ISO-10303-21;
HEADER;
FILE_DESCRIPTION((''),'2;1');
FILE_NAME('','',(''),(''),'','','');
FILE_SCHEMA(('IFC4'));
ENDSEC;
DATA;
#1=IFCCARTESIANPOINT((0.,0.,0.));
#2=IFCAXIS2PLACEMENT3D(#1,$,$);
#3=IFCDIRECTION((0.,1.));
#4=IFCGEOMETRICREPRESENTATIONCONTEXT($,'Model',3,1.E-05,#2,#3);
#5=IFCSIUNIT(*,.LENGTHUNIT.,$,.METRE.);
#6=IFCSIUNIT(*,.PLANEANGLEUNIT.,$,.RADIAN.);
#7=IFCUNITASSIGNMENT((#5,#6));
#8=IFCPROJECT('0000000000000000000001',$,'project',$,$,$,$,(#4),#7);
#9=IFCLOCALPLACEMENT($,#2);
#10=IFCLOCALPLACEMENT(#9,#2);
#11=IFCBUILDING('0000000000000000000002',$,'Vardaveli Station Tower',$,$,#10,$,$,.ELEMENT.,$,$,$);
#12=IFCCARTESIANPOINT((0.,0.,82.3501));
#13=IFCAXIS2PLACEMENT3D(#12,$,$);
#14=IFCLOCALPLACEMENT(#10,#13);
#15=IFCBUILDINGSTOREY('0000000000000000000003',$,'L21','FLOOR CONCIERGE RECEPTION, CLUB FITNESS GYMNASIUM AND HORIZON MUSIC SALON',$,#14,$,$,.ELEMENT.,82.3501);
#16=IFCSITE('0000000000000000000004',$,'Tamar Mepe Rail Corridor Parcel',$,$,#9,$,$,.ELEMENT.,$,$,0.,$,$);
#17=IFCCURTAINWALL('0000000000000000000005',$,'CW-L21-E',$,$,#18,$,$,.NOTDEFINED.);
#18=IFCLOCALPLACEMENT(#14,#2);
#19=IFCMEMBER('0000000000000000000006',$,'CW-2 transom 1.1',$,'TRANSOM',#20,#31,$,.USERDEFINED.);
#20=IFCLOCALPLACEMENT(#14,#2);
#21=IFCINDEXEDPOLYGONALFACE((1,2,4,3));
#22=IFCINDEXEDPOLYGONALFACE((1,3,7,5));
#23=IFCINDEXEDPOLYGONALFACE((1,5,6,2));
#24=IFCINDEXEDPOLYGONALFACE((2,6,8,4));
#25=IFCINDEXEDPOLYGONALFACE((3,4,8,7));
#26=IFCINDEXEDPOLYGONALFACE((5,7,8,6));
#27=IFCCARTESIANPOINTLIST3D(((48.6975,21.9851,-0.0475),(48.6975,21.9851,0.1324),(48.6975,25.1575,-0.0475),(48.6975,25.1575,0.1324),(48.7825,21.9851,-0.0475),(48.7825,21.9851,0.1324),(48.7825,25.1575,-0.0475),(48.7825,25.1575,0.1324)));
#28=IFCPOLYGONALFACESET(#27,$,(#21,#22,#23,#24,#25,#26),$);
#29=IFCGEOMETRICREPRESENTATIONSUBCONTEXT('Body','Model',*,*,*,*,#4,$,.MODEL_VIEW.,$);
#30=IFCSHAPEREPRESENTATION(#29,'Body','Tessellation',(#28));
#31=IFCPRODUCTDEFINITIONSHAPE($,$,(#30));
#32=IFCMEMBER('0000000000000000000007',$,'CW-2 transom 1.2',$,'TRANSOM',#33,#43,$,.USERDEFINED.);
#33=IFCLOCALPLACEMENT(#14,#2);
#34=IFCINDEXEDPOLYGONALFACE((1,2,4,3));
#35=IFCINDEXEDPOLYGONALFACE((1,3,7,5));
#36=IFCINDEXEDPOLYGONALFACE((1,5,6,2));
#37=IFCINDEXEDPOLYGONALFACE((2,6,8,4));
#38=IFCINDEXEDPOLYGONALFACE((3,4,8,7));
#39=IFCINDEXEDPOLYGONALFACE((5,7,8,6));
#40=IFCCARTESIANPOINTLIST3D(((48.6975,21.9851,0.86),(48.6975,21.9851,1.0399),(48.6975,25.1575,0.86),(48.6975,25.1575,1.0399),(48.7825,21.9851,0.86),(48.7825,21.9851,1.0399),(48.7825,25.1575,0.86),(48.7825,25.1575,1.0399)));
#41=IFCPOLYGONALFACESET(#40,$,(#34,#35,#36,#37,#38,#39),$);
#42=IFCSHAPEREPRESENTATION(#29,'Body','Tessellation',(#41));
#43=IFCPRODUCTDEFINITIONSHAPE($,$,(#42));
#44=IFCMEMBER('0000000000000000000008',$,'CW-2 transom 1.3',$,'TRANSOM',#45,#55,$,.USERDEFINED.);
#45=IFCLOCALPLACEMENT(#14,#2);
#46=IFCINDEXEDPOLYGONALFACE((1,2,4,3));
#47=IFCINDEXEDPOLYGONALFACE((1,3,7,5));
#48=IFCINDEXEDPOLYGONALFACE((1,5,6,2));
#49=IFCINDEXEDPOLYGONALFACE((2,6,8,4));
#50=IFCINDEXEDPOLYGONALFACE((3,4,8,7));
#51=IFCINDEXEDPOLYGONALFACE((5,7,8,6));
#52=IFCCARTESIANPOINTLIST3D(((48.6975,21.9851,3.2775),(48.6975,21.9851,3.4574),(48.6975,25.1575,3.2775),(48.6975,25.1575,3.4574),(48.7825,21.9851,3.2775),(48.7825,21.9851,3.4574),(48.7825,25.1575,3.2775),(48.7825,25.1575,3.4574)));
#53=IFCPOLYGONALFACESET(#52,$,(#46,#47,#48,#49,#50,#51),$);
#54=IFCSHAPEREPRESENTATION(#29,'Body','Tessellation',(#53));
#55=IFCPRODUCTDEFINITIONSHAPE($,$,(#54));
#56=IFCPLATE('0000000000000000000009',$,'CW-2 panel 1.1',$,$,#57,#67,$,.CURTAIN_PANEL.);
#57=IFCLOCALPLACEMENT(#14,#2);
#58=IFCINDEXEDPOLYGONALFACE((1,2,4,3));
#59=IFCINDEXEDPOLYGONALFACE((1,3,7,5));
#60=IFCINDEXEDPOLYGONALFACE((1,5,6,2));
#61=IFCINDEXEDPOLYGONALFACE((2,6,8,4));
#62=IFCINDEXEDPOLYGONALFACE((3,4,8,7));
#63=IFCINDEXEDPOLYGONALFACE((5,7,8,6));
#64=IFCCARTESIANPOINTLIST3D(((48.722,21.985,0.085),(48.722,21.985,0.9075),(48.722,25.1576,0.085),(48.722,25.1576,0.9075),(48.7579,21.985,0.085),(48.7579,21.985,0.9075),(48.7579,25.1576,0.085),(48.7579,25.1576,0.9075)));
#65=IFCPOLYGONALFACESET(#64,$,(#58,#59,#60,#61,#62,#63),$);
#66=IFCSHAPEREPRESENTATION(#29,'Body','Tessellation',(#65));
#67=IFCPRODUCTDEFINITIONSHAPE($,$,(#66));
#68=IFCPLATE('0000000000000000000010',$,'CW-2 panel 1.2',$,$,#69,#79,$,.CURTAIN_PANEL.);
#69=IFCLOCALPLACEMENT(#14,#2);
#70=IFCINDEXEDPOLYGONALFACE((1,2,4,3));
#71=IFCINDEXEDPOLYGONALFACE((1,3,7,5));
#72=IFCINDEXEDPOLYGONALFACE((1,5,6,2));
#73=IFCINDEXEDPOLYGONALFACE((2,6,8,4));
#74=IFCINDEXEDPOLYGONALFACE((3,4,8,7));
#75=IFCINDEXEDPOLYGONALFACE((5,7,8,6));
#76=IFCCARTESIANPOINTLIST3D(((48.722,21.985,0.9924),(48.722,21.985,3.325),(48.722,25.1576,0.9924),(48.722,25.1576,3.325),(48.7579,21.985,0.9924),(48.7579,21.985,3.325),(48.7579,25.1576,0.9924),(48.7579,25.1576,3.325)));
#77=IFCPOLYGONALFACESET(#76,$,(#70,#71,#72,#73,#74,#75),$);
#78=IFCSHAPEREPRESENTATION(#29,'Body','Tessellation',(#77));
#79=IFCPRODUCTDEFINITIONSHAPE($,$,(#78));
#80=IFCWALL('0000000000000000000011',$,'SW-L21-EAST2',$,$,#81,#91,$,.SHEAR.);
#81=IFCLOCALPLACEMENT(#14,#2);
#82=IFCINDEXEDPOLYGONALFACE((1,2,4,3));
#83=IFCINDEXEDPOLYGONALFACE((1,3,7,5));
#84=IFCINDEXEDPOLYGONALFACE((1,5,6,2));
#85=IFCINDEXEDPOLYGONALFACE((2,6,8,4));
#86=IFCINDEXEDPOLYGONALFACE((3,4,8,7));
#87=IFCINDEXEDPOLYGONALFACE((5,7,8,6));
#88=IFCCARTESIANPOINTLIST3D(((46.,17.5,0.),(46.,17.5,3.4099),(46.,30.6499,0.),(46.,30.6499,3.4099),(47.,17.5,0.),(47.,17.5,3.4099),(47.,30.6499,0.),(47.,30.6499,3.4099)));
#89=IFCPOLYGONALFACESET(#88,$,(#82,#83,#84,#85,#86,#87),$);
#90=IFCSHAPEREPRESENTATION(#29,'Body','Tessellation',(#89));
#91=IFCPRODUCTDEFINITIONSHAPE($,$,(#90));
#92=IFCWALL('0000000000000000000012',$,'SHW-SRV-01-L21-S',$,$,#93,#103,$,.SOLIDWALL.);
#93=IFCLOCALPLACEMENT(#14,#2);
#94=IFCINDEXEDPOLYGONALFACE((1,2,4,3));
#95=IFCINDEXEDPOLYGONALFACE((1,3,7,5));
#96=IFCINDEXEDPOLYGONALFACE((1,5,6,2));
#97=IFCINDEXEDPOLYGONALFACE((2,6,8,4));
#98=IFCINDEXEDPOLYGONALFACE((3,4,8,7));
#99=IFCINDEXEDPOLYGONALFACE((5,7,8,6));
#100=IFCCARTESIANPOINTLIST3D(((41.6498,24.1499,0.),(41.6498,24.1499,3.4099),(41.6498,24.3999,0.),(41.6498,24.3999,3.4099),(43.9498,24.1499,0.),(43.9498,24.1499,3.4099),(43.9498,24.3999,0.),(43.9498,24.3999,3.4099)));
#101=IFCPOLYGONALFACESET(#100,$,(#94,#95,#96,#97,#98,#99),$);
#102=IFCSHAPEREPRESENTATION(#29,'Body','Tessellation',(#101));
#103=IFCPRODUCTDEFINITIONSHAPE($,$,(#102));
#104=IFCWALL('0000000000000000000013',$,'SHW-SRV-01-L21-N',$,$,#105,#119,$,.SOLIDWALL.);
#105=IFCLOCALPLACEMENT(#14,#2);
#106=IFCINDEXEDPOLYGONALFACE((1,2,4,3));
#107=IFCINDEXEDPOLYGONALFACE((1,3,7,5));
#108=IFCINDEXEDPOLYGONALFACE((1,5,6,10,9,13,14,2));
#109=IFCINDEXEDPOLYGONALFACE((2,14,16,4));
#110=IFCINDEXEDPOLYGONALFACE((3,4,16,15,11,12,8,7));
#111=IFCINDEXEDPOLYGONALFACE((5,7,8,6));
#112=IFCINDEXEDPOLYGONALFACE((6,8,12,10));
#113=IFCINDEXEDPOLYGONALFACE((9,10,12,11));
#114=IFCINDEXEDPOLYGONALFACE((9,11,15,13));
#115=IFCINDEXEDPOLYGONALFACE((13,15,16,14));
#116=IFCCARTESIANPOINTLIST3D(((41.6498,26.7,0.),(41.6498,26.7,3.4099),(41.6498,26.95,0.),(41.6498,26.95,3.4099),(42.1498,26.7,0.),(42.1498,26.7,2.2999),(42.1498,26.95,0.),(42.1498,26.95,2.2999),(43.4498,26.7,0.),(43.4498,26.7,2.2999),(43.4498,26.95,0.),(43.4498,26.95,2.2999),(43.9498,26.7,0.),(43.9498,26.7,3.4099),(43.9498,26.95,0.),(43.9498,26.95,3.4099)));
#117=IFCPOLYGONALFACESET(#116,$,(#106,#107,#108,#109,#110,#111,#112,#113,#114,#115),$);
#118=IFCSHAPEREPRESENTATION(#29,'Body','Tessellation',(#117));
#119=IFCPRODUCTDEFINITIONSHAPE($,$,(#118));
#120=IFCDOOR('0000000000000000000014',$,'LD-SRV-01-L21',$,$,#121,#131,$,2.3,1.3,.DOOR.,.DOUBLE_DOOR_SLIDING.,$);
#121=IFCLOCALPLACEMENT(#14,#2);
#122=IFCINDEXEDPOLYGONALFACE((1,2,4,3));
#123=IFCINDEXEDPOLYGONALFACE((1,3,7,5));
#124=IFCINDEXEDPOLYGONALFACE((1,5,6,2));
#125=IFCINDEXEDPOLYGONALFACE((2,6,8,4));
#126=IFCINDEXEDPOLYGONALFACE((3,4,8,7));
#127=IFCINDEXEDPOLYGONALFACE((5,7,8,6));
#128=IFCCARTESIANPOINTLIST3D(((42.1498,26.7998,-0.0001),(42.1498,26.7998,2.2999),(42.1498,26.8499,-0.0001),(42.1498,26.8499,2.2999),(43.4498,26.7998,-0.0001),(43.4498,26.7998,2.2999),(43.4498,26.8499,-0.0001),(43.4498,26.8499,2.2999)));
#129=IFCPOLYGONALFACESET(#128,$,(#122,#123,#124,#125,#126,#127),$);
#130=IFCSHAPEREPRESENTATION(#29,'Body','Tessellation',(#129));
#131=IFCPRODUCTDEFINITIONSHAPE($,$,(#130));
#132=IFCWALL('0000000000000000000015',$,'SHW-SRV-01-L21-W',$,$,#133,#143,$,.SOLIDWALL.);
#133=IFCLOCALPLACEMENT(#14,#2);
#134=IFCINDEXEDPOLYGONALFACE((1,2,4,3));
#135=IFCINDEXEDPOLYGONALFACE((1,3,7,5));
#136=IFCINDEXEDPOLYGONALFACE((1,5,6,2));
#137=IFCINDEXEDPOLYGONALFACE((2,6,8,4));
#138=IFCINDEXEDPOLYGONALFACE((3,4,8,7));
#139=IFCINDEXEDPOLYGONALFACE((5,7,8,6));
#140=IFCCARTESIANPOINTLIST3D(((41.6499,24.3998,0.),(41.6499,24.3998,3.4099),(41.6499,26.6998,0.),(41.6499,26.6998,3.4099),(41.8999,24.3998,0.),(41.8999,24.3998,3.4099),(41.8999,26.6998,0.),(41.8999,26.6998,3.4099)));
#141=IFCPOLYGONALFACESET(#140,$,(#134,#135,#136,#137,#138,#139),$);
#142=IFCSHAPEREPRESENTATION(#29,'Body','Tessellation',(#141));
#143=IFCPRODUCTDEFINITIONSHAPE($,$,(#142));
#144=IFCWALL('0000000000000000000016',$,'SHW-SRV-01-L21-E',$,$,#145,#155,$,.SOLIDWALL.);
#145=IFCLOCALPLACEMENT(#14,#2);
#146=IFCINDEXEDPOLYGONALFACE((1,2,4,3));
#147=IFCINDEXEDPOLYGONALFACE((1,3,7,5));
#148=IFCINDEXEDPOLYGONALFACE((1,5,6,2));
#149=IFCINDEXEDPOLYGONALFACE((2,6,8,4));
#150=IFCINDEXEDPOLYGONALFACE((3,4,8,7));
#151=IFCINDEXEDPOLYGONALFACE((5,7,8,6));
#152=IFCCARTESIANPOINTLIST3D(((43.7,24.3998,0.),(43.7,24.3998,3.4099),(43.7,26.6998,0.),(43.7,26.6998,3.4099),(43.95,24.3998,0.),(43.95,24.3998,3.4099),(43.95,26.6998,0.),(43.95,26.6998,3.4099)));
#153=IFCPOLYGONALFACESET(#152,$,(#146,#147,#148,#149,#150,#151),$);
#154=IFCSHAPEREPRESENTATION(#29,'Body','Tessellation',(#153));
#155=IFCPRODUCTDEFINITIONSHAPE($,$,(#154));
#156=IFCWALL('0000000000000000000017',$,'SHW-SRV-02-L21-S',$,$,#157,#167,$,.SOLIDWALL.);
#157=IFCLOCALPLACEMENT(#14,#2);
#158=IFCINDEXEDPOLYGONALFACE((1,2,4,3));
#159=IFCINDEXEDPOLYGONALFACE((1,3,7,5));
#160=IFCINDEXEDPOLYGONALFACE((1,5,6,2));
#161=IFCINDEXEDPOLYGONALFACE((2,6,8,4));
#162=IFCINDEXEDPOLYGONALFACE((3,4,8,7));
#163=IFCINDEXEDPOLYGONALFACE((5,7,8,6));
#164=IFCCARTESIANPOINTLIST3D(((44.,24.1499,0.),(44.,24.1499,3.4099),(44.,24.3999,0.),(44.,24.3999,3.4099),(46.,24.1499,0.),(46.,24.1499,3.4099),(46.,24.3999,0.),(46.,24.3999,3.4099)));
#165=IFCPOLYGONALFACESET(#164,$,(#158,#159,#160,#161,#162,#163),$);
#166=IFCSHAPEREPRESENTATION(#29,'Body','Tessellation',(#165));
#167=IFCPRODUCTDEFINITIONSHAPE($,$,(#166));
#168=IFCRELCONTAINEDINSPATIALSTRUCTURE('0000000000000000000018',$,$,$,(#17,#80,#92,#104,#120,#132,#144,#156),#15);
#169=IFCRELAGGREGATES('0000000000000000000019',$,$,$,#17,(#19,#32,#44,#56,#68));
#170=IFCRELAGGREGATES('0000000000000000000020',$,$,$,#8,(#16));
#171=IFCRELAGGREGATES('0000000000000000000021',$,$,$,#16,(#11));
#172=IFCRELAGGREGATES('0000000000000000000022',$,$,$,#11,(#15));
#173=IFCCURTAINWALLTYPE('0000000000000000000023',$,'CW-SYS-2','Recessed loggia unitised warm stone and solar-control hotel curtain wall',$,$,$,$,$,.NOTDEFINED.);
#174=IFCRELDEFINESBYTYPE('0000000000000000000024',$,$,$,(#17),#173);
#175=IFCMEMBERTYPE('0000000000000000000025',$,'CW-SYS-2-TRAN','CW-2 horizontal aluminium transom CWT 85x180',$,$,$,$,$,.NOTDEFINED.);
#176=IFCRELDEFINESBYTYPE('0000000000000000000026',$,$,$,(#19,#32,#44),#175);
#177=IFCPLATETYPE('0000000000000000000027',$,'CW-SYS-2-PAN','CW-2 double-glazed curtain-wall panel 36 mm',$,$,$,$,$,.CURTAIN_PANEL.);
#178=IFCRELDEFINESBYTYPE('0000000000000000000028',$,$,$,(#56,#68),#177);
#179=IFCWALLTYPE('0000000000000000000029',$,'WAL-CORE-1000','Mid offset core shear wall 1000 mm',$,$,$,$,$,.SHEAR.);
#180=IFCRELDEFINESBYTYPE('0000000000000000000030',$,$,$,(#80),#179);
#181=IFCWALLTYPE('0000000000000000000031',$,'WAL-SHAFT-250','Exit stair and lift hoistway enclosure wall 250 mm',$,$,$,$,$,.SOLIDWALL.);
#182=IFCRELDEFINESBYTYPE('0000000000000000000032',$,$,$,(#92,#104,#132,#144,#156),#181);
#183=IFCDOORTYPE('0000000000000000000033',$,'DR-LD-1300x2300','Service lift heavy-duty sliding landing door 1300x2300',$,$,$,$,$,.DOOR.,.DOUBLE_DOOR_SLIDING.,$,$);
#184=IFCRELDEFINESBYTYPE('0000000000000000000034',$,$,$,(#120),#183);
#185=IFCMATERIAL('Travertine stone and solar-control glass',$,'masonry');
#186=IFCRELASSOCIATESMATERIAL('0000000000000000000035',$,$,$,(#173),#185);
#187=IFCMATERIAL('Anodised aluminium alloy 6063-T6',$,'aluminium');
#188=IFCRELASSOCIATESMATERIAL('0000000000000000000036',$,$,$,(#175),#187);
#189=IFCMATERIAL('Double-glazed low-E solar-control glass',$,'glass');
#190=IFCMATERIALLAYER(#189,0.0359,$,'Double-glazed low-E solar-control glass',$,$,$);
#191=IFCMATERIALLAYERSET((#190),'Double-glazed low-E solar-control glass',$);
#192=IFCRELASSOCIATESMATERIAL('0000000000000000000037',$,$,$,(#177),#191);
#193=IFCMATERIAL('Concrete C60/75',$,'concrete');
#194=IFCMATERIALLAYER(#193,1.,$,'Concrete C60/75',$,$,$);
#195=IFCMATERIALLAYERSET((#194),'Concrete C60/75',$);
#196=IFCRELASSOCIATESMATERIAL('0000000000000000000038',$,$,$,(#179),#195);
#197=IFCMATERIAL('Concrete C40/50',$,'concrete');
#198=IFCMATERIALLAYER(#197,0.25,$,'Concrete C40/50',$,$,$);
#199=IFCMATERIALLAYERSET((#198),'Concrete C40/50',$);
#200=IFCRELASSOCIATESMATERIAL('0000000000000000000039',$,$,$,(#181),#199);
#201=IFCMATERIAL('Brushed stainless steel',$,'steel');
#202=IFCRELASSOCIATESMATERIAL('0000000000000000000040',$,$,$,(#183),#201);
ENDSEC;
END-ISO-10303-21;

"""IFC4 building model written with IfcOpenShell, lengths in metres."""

from ifc_helpers import new_model, si_unit, direction, frame, frame_2d, origin, origin_2d, place, context, subcontext, project, spatial, rectangle, extrude, source, transform, mapped, material, layer, layer_set, material_profile, profile_set, type_object, element, fill, aggregate, save


model = new_model("IFC4")

# Units and contexts
model_context = context("Model", 3, precision=1e-05, world=origin(), true_north=direction((0.0, 1.0)))
body_context = subcontext(model_context, "Body", "Model", "MODEL_VIEW")
ifc_project = project(units=[si_unit("LENGTHUNIT", "METRE"), si_unit("PLANEANGLEUNIT", "RADIAN")], contexts=[model_context])

# Site, building, storey
site_placement = place(None, origin())
site = spatial("IfcSite", under=ifc_project, at=site_placement, Name="Tamar Mepe Rail Corridor Parcel", CompositionType="ELEMENT", RefElevation=0.0)
building_placement = place(site_placement, origin())
building = spatial("IfcBuilding", under=site, at=building_placement, Name="Vardaveli Station Tower", CompositionType="ELEMENT")
storey_placement = place(building_placement, frame((0.0, 0.0, 82.3501)))
storey = spatial("IfcBuildingStorey", under=building, at=storey_placement, Name="L21", Description="FLOOR CONCIERGE RECEPTION, CLUB FITNESS GYMNASIUM AND HORIZON MUSIC SALON", CompositionType="ELEMENT", Elevation=82.3501)

# Curtain wall, members, plates
ifc_material_1 = material(Name="Travertine stone and solar-control glass", Category="masonry")
curtain_wall_type = type_object("IfcCurtainWallType", Name="CW-SYS-2", Description="Recessed loggia unitised warm stone and solar-control hotel curtain wall", PredefinedType="NOTDEFINED", material=ifc_material_1)
curtain_wall_placement = place(storey_placement, origin())
curtain_wall = element("IfcCurtainWall", 1, at=curtain_wall_placement, inside=storey, type_object=curtain_wall_type, Name="CW-L21-E", PredefinedType="NOTDEFINED")
ifc_material_2 = material(Name="Anodised aluminium alloy 6063-T6", Category="aluminium")
ifc_material_profile_1 = material_profile(ifc_material_2, rectangle(XDim=0.085, YDim=0.1799, at=origin_2d()), Name="CWT 85x180")
ifc_profile_set_1 = profile_set([ifc_material_profile_1], Name="Anodised aluminium alloy 6063-T6")
member_type_1 = type_object("IfcMemberType", Name="CW-SYS-2-TRAN", Description="CW-2 horizontal aluminium transom CWT 85x180", PredefinedType="NOTDEFINED", material=ifc_profile_set_1)
shared_shape_1 = source(origin(), body_context, "Body", "SweptSolid", [
    extrude(rectangle(XDim=0.085, YDim=0.1799, at=origin_2d()), origin(), (0.0, 0.0, 1.0), 3.1724),
])
member_1_placement = place(storey_placement, frame((48.74, 21.9851, 0.0425), z_axis=(0.0, 1.0, 0.0), x_axis=(-1.0, 0.0, 0.0)))
member_1 = element("IfcMember", 2, at=member_1_placement, type_object=member_type_1, Name="CW-2 transom 1.1", ObjectType="TRANSOM", PredefinedType="USERDEFINED", context=body_context, shape_type="MappedRepresentation", body=[
    mapped(shared_shape_1, transform((0.0, 0.0, 0.0), scale=1.0)),
])
member_2_placement = place(storey_placement, frame((48.74, 21.9851, 0.95), z_axis=(0.0, 1.0, 0.0), x_axis=(-1.0, 0.0, 0.0)))
member_2 = element("IfcMember", 3, at=member_2_placement, type_object=member_type_1, Name="CW-2 transom 1.2", ObjectType="TRANSOM", PredefinedType="USERDEFINED", context=body_context, shape_type="MappedRepresentation", body=[
    mapped(shared_shape_1, transform((0.0, 0.0, 0.0), scale=1.0)),
])
member_3_placement = place(storey_placement, frame((48.74, 21.9851, 3.3674), z_axis=(0.0, 1.0, 0.0), x_axis=(-1.0, 0.0, 0.0)))
member_3 = element("IfcMember", 4, at=member_3_placement, type_object=member_type_1, Name="CW-2 transom 1.3", ObjectType="TRANSOM", PredefinedType="USERDEFINED", context=body_context, shape_type="MappedRepresentation", body=[
    mapped(shared_shape_1, transform((0.0, 0.0, 0.0), scale=1.0)),
])
ifc_material_3 = material(Name="Double-glazed low-E solar-control glass", Category="glass")
ifc_layer_1 = layer(ifc_material_3, 0.0359, Name="Double-glazed low-E solar-control glass")
ifc_layer_set_1 = layer_set([ifc_layer_1], Name="Double-glazed low-E solar-control glass")
plate_type = type_object("IfcPlateType", Name="CW-SYS-2-PAN", Description="CW-2 double-glazed curtain-wall panel 36 mm", PredefinedType="CURTAIN_PANEL", material=ifc_layer_set_1)
shared_shape_2 = source(origin(), body_context, "Body", "SweptSolid", [
    extrude(rectangle(XDim=3.1726, YDim=0.0359, at=origin_2d()), origin(), (0.0, 0.0, 1.0), 0.8225),
])
plate_1_placement = place(storey_placement, frame((48.74, 23.5713, 0.085), z_axis=(0.0, 0.0, 1.0), x_axis=(0.0, 1.0, 0.0)))
plate_1 = element("IfcPlate", 5, at=plate_1_placement, type_object=plate_type, Name="CW-2 panel 1.1", PredefinedType="CURTAIN_PANEL", context=body_context, shape_type="MappedRepresentation", body=[
    mapped(shared_shape_2, transform((0.0, 0.0, 0.0), scale=1.0)),
])
shared_shape_3 = source(origin(), body_context, "Body", "SweptSolid", [
    extrude(rectangle(XDim=3.1726, YDim=0.0359, at=origin_2d()), origin(), (0.0, 0.0, 1.0), 2.3325),
])
plate_2_placement = place(storey_placement, frame((48.74, 23.5713, 0.9924), z_axis=(0.0, 0.0, 1.0), x_axis=(0.0, 1.0, 0.0)))
plate_2 = element("IfcPlate", 6, at=plate_2_placement, type_object=plate_type, Name="CW-2 panel 1.2", PredefinedType="CURTAIN_PANEL", context=body_context, shape_type="MappedRepresentation", body=[
    mapped(shared_shape_3, transform((0.0, 0.0, 0.0), scale=1.0)),
])
aggregate(curtain_wall, [member_1, member_2, member_3, plate_1, plate_2])

# Walls
ifc_material_4 = material(Name="Concrete C60/75", Category="concrete")
ifc_layer_2 = layer(ifc_material_4, 1.0, Name="Concrete C60/75")
ifc_layer_set_2 = layer_set([ifc_layer_2], Name="Concrete C60/75")
wall_type_1 = type_object("IfcWallType", Name="WAL-CORE-1000", Description="Mid offset core shear wall 1000 mm", PredefinedType="SHEAR", material=ifc_layer_set_2)
shared_shape_4 = source(origin(), body_context, "Body", "SweptSolid", [
    extrude(rectangle(XDim=13.1499, YDim=1.0, at=frame_2d((6.575, 0.0))), origin(), (0.0, 0.0, 1.0), 3.4099),
])
wall_1_placement = place(storey_placement, frame((46.5, 17.5, 0.0), z_axis=(0.0, 0.0, 1.0), x_axis=(0.0, 1.0, 0.0)))
element("IfcWall", 7, at=wall_1_placement, inside=storey, type_object=wall_type_1, Name="SW-L21-EAST2", PredefinedType="SHEAR", context=body_context, shape_type="MappedRepresentation", body=[
    mapped(shared_shape_4, transform((0.0, 0.0, 0.0), scale=1.0)),
])
ifc_material_5 = material(Name="Concrete C40/50", Category="concrete")
ifc_layer_3 = layer(ifc_material_5, 0.25, Name="Concrete C40/50")
ifc_layer_set_3 = layer_set([ifc_layer_3], Name="Concrete C40/50")
wall_type_2 = type_object("IfcWallType", Name="WAL-SHAFT-250", Description="Exit stair and lift hoistway enclosure wall 250 mm", PredefinedType="SOLIDWALL", material=ifc_layer_set_3)
shared_shape_5 = source(origin(), body_context, "Body", "SweptSolid", [
    extrude(rectangle(XDim=2.3, YDim=0.25, at=frame_2d((1.1499, 0.0))), origin(), (0.0, 0.0, 1.0), 3.4099),
])
wall_2_placement = place(storey_placement, frame((41.6499, 24.2749, 0.0), z_axis=(0.0, 0.0, 1.0), x_axis=(1.0, 0.0, 0.0)))
element("IfcWall", 8, at=wall_2_placement, inside=storey, type_object=wall_type_2, Name="SHW-SRV-01-L21-S", PredefinedType="SOLIDWALL", context=body_context, shape_type="MappedRepresentation", body=[
    mapped(shared_shape_5, transform((0.0, 0.0, 0.0), scale=1.0)),
])

# Wall, opening, door
wall_3_placement = place(storey_placement, frame((41.6499, 26.825, 0.0), z_axis=(0.0, 0.0, 1.0), x_axis=(1.0, 0.0, 0.0)))
wall_3 = element("IfcWall", 9, at=wall_3_placement, inside=storey, type_object=wall_type_2, Name="SHW-SRV-01-L21-N", PredefinedType="SOLIDWALL", context=body_context, shape_type="MappedRepresentation", body=[
    mapped(shared_shape_5, transform((0.0, 0.0, 0.0), scale=1.0)),
])
shared_shape_6 = source(origin(), body_context, "Body", "SweptSolid", [
    extrude(rectangle(XDim=1.3, YDim=2.3, at=frame_2d((0.6499, 1.1499))), frame((0.0, 0.135, 0.0), z_axis=(0.0, -1.0, 0.0), x_axis=(1.0, 0.0, 0.0)), (0.0, 0.0, 1.0), 0.27),
])
opening_1_placement = place(wall_3_placement, frame((0.5, 0.0, 0.0)))
opening_1 = element("IfcOpeningElement", 10, at=opening_1_placement, cuts=wall_3, PredefinedType="OPENING", context=body_context, shape_type="MappedRepresentation", body=[
    mapped(shared_shape_6, transform((0.0, 0.0, 0.0), scale=1.0)),
])
ifc_material_6 = material(Name="Brushed stainless steel", Category="steel")
door_type = type_object("IfcDoorType", Name="DR-LD-1300x2300", Description="Service lift heavy-duty sliding landing door 1300x2300", OperationType="DOUBLE_DOOR_SLIDING", PredefinedType="DOOR", material=ifc_material_6)
shared_shape_7 = source(origin(), body_context, "Body", "SweptSolid", [
    extrude(rectangle(XDim=1.3, YDim=2.3, at=frame_2d((0.6499, 1.1499))), frame((0.0, 0.0249, 0.0), z_axis=(0.0, -1.0, 0.0), x_axis=(1.0, 0.0, 0.0)), (0.0, 0.0, 1.0), 0.05),
])
door_1_placement = place(opening_1_placement, origin())
door_1 = element("IfcDoor", 11, at=door_1_placement, inside=storey, type_object=door_type, Name="LD-SRV-01-L21", OperationType="DOUBLE_DOOR_SLIDING", OverallHeight=2.3, OverallWidth=1.3, PredefinedType="DOOR", context=body_context, shape_type="MappedRepresentation", body=[
    mapped(shared_shape_7, transform((0.0, 0.0, 0.0), scale=1.0)),
])
fill(opening_1, door_1)

# Walls
for number, where, z_axis, x_axis, name in (
    (12, (41.7749, 24.3999, 0.0), (0.0, 0.0, 1.0), (0.0, 1.0, 0.0), "SHW-SRV-01-L21-W"),
    (13, (43.825, 24.3999, 0.0), (0.0, 0.0, 1.0), (0.0, 1.0, 0.0), "SHW-SRV-01-L21-E"),
):
    element("IfcWall", number, at=place(storey_placement, frame(where, z_axis=z_axis, x_axis=x_axis)), inside=storey, type_object=wall_type_2, Name=name, PredefinedType="SOLIDWALL", context=body_context, shape_type="MappedRepresentation", body=[
        mapped(shared_shape_5, transform((0.0, 0.0, 0.0), scale=1.0)),
    ])
shared_shape_8 = source(origin(), body_context, "Body", "SweptSolid", [
    extrude(rectangle(XDim=2.0, YDim=0.25, at=frame_2d((1.0, 0.0))), origin(), (0.0, 0.0, 1.0), 3.4099),
])
wall_4_placement = place(storey_placement, frame((44.0, 24.2749, 0.0), z_axis=(0.0, 0.0, 1.0), x_axis=(1.0, 0.0, 0.0)))
element("IfcWall", 14, at=wall_4_placement, inside=storey, type_object=wall_type_2, Name="SHW-SRV-02-L21-S", PredefinedType="SOLIDWALL", context=body_context, shape_type="MappedRepresentation", body=[
    mapped(shared_shape_8, transform((0.0, 0.0, 0.0), scale=1.0)),
])

save(model, "model.ifc")
